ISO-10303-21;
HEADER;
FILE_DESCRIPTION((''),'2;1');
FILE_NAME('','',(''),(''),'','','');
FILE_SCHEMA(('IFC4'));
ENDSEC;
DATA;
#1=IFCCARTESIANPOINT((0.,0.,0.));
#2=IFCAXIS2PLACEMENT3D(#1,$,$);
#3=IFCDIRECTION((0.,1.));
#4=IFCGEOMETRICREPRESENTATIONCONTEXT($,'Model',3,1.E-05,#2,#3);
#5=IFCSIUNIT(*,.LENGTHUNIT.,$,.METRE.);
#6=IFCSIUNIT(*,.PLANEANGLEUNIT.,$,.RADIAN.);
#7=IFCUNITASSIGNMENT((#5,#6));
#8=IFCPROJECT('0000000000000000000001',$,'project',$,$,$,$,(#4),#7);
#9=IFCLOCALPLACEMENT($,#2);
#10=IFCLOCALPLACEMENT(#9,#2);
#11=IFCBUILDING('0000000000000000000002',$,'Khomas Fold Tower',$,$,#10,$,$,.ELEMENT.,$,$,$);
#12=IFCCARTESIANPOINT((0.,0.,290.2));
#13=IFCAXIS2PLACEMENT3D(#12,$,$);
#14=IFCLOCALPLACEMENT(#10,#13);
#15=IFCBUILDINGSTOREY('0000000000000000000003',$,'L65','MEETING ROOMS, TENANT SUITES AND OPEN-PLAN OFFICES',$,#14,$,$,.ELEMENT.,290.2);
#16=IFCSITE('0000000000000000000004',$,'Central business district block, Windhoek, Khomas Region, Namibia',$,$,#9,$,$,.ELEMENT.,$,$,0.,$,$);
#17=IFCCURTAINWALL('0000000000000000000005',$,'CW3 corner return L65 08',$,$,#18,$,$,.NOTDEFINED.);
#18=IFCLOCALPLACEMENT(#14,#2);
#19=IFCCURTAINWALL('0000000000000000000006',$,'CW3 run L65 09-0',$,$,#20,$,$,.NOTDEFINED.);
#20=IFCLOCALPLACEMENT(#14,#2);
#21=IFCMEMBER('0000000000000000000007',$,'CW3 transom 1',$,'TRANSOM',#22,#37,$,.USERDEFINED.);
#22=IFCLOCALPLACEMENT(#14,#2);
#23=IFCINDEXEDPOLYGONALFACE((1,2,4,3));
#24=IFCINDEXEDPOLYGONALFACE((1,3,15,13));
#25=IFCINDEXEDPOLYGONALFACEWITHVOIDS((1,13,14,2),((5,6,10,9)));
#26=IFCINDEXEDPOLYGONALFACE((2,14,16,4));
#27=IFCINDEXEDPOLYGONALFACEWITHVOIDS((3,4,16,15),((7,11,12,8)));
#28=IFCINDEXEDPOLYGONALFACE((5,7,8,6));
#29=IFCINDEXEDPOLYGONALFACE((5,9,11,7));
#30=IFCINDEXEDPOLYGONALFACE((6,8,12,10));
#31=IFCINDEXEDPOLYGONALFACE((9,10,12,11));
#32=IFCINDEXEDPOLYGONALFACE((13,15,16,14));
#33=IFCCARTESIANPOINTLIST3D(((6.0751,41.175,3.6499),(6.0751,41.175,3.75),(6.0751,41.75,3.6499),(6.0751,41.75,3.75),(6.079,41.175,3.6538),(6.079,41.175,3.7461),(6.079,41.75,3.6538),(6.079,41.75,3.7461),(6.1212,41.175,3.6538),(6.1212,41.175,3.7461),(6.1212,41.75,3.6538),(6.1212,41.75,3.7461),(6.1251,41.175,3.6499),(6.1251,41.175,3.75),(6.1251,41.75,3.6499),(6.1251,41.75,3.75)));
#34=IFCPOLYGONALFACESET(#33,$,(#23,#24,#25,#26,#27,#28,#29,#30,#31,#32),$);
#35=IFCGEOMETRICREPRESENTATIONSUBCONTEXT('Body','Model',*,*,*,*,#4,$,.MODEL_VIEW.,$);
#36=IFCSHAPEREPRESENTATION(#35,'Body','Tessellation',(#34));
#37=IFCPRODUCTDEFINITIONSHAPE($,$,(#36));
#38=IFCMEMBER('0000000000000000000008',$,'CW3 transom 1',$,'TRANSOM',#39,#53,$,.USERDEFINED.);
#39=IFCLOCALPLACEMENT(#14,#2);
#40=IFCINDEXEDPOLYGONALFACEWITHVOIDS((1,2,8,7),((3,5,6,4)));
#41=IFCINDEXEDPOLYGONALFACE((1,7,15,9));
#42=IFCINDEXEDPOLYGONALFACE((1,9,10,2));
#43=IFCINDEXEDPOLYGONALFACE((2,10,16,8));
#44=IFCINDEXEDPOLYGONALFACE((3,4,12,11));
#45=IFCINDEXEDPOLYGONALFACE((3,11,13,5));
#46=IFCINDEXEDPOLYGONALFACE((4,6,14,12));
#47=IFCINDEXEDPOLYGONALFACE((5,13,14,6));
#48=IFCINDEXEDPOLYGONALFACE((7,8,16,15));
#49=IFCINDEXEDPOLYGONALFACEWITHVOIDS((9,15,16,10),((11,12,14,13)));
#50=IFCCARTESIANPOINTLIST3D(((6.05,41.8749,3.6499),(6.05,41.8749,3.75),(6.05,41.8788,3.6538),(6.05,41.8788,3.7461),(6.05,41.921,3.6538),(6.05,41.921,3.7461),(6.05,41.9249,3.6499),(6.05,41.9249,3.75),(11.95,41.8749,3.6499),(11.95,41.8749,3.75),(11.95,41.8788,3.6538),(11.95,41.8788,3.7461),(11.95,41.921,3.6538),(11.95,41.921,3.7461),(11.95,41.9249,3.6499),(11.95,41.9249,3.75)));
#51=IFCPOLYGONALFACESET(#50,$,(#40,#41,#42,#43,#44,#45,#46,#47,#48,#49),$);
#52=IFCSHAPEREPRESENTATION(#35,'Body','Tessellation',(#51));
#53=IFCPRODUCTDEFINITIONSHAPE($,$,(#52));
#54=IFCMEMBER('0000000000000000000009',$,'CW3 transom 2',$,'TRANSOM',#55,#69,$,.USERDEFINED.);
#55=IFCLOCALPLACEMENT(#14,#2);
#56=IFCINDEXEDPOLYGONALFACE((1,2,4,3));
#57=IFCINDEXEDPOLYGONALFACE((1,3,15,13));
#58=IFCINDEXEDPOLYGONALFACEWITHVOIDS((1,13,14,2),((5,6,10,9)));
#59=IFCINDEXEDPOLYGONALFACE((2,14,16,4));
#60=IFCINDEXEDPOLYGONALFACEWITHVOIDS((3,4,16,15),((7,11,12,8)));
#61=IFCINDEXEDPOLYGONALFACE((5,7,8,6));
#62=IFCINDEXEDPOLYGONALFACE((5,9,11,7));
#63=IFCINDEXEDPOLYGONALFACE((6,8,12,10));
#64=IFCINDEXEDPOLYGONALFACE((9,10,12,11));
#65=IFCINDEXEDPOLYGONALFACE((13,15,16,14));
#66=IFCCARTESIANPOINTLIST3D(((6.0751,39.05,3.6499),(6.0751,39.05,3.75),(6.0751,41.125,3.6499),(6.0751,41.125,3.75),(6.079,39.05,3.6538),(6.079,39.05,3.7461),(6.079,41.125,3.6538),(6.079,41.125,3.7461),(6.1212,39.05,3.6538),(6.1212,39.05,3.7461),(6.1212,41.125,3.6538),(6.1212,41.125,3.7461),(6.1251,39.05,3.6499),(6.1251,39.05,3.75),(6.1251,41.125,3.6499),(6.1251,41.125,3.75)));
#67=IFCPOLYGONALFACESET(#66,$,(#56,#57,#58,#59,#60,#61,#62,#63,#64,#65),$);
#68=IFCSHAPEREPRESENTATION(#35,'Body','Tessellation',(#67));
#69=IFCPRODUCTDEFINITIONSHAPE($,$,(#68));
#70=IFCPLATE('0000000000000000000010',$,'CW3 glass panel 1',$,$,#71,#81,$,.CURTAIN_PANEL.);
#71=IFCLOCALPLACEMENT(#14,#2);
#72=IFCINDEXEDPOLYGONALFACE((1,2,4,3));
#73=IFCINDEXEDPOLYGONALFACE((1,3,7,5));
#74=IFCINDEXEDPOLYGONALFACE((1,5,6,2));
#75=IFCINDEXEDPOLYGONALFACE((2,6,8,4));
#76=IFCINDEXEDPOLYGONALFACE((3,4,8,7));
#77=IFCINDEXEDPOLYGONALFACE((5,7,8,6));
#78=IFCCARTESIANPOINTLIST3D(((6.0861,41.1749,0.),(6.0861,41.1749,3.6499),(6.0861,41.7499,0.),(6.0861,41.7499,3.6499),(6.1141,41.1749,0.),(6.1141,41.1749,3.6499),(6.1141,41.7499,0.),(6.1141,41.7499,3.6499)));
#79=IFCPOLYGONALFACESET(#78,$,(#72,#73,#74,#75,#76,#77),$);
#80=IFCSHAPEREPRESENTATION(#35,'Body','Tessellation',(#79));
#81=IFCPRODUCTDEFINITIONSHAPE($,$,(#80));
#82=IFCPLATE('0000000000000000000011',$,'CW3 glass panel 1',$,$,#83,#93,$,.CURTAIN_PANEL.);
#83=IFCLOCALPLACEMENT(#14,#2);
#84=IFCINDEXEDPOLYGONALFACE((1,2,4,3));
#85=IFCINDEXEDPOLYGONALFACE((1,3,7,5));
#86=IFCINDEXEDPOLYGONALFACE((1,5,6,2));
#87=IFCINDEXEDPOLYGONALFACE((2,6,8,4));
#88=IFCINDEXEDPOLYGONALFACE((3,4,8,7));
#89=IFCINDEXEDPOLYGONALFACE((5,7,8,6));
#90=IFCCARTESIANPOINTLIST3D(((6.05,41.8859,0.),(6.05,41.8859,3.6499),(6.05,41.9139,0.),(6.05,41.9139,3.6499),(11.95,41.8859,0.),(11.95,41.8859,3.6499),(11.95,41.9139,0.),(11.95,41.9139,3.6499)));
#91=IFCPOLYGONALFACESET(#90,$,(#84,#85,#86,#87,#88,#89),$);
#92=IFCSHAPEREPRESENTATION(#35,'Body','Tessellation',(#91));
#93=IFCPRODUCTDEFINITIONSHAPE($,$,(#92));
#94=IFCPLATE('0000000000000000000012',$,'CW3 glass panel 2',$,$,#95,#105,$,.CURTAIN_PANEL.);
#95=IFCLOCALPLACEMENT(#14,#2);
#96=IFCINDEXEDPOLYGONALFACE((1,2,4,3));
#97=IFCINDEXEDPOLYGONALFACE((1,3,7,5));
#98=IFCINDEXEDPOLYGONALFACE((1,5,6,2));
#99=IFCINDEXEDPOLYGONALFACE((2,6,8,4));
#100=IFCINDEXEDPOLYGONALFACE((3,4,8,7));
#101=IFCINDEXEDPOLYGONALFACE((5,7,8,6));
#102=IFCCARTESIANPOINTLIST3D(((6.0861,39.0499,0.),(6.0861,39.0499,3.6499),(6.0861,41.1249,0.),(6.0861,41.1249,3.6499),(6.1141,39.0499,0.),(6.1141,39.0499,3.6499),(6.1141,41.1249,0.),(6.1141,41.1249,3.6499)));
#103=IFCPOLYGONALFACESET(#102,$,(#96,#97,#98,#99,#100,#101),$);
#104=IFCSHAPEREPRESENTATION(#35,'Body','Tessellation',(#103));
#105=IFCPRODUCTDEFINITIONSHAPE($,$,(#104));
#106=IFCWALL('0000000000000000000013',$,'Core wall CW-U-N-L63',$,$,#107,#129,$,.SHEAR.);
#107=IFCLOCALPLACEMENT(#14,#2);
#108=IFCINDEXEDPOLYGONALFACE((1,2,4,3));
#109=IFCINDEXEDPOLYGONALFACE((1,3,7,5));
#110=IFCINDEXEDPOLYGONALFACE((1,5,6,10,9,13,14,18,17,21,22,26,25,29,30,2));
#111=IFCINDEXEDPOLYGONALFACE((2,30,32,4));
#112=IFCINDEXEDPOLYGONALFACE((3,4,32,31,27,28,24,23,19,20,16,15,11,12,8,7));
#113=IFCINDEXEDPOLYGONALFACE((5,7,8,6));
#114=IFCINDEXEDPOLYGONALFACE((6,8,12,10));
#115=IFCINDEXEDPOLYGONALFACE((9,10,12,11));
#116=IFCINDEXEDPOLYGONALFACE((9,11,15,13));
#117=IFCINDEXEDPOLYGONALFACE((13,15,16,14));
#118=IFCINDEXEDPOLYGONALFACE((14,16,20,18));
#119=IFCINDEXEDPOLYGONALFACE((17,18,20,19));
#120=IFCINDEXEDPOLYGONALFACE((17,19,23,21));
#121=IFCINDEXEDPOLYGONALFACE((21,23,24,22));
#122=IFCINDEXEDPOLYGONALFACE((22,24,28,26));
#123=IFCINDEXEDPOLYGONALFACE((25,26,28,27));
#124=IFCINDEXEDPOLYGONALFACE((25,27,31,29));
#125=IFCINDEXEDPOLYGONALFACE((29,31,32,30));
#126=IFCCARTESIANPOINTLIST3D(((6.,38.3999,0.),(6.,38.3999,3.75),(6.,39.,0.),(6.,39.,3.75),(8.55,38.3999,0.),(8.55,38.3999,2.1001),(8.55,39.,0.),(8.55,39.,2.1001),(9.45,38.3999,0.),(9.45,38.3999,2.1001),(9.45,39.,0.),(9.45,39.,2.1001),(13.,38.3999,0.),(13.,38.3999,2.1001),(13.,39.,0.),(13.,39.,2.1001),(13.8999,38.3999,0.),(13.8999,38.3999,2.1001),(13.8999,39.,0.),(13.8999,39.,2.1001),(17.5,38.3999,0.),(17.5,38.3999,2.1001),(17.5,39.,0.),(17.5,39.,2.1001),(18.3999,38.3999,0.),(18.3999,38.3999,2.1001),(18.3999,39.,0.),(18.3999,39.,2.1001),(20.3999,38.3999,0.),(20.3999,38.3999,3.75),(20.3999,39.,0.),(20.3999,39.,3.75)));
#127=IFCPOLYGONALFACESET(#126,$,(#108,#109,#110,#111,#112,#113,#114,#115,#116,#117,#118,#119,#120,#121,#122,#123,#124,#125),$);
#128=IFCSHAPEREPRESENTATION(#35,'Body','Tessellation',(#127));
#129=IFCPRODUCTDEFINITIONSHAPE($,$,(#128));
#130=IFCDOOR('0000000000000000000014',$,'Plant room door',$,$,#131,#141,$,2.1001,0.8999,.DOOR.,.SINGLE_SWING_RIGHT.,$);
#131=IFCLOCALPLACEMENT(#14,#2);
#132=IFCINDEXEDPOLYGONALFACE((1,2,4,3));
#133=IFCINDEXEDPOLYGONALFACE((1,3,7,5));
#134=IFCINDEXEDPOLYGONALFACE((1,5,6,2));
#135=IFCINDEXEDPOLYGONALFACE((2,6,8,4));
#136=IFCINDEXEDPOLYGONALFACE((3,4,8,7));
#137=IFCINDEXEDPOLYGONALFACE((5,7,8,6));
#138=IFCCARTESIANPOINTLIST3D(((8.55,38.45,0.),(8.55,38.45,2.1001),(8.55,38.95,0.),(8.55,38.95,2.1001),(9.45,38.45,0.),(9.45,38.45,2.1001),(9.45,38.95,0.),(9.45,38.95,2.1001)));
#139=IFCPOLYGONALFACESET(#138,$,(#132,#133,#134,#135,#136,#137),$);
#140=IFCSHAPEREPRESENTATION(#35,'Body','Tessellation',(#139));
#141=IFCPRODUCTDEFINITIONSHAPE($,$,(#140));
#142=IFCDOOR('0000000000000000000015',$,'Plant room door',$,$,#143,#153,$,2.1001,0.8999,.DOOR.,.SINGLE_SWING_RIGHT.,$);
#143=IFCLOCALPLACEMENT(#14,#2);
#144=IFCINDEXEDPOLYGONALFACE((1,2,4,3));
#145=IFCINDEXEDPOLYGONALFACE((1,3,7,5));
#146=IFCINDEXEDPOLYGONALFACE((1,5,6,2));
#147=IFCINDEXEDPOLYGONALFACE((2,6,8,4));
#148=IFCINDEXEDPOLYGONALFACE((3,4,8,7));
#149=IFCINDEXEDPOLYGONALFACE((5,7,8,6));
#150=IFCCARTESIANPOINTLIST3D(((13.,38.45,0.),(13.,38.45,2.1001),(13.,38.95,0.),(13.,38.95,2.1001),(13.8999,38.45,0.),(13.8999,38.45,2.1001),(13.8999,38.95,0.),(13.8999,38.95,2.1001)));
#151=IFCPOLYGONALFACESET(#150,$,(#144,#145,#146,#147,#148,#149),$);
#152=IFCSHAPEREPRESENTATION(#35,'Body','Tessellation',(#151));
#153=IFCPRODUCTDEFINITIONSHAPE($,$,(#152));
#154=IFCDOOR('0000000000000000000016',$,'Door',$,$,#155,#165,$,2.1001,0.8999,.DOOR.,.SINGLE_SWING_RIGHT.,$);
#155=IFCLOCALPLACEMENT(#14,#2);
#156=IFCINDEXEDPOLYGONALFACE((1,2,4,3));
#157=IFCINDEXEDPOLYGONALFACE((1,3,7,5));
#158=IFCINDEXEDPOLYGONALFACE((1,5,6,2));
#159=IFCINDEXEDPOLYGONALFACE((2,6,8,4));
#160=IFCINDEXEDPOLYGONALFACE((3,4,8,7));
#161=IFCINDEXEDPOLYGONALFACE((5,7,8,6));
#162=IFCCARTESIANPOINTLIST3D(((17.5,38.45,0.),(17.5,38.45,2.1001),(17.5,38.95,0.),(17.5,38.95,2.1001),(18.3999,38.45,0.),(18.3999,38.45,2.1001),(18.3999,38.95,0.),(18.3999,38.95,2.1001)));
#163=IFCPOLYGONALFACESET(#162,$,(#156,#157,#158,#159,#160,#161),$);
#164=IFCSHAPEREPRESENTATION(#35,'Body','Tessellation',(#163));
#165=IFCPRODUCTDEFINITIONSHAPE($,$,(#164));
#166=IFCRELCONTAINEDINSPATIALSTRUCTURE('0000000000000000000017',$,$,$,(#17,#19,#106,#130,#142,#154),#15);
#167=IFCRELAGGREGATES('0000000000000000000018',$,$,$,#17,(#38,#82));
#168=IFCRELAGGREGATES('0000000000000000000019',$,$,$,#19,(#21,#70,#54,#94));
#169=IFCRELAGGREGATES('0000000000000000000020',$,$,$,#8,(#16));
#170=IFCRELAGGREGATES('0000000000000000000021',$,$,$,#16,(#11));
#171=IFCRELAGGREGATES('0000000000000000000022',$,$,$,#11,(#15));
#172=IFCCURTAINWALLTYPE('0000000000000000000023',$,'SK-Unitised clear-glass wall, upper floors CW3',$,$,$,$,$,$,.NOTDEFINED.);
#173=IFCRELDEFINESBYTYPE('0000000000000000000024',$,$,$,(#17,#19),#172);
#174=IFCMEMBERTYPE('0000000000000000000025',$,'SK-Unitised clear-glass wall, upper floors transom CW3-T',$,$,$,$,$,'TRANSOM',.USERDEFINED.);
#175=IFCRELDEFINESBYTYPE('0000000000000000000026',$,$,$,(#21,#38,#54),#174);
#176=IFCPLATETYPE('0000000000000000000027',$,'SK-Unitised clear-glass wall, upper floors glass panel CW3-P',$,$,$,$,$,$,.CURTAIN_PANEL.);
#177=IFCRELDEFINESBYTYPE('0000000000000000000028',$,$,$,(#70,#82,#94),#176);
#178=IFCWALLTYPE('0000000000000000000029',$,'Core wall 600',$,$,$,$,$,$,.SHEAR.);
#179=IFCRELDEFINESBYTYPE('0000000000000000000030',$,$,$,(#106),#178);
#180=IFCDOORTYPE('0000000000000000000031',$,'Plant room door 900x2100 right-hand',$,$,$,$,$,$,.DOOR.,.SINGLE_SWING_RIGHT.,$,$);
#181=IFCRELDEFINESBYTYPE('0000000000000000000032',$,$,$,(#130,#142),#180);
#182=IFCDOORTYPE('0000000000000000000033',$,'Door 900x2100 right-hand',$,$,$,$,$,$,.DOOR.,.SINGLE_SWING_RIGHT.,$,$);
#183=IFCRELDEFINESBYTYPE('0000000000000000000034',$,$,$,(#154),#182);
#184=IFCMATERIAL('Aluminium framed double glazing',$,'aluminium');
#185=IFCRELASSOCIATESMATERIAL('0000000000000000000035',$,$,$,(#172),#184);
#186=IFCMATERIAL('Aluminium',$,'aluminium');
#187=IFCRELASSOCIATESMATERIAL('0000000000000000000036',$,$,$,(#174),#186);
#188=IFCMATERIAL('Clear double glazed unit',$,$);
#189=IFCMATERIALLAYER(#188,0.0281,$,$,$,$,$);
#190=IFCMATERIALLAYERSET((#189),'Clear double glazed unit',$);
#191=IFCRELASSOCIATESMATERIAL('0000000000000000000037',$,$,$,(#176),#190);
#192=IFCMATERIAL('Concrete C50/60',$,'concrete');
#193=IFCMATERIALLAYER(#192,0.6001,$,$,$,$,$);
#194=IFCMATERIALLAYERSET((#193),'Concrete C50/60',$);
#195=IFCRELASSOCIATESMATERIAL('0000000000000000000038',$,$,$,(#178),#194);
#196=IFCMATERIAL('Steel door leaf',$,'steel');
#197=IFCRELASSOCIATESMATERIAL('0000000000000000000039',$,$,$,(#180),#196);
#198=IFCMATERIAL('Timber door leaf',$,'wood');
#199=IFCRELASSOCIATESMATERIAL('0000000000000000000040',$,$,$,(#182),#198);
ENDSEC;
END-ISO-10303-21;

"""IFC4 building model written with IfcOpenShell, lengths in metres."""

from ifc_helpers import new_model, si_unit, direction, frame, frame_2d, origin, origin_2d, place, context, subcontext, project, spatial, rectangle, hollow_rectangle, extrude, source, transform, mapped, material, layer, layer_set, material_profile, profile_set, type_object, element, fill, aggregate, save


model = new_model("IFC4")

# Units and contexts
model_context = context("Model", 3, precision=1e-05, world=origin(), true_north=direction((0.0, 1.0)))
body_context = subcontext(model_context, "Body", "Model", "MODEL_VIEW")
ifc_project = project(units=[si_unit("LENGTHUNIT", "METRE"), si_unit("PLANEANGLEUNIT", "RADIAN")], contexts=[model_context])

# Site, building, storey
site_placement = place(None, origin())
site = spatial("IfcSite", under=ifc_project, at=site_placement, Name="Central business district block, Windhoek, Khomas Region, Namibia", CompositionType="ELEMENT", RefElevation=0.0)
building_placement = place(site_placement, origin())
building = spatial("IfcBuilding", under=site, at=building_placement, Name="Khomas Fold Tower", CompositionType="ELEMENT")
storey_placement = place(building_placement, frame((0.0, 0.0, 290.2)))
storey = spatial("IfcBuildingStorey", under=building, at=storey_placement, Name="L65", Description="MEETING ROOMS, TENANT SUITES AND OPEN-PLAN OFFICES", CompositionType="ELEMENT", Elevation=290.2)

# Curtain wall
ifc_material_1 = material(Name="Aluminium framed double glazing", Category="aluminium")
curtain_wall_type = type_object("IfcCurtainWallType", Name="SK-Unitised clear-glass wall, upper floors CW3", PredefinedType="NOTDEFINED", material=ifc_material_1)
curtain_wall_1_placement = place(storey_placement, origin())
curtain_wall_1 = element("IfcCurtainWall", 1, at=curtain_wall_1_placement, inside=storey, type_object=curtain_wall_type, Name="CW3 corner return L65 08", PredefinedType="NOTDEFINED")

# Curtain wall, member
curtain_wall_2_placement = place(storey_placement, origin())
curtain_wall_2 = element("IfcCurtainWall", 2, at=curtain_wall_2_placement, inside=storey, type_object=curtain_wall_type, Name="CW3 run L65 09-0", PredefinedType="NOTDEFINED")
ifc_material_2 = material(Name="Aluminium", Category="aluminium")
ifc_material_profile_1 = material_profile(ifc_material_2, hollow_rectangle(XDim=0.05, YDim=0.1001, WallThickness=0.0039, at=origin_2d()), Name="SK-Unitised clear-glass wall, upper floors transom CW3-T")
ifc_profile_set_1 = profile_set([ifc_material_profile_1], Name="Aluminium")
member_type_1 = type_object("IfcMemberType", Name="SK-Unitised clear-glass wall, upper floors transom CW3-T", ElementType="TRANSOM", PredefinedType="USERDEFINED", material=ifc_profile_set_1)
shared_shape_1 = source(origin(), body_context, "Body", "SweptSolid", [
    extrude(hollow_rectangle(XDim=0.05, YDim=0.1001, WallThickness=0.0039, at=origin_2d()), origin(), (0.0, 0.0, 1.0), 0.575),
])
member_1_placement = place(storey_placement, frame((6.1001, 41.75, 3.7), z_axis=(0.0, -1.0, 0.0), x_axis=(1.0, 0.0, 0.0)))
member_1 = element("IfcMember", 3, at=member_1_placement, type_object=member_type_1, Name="CW3 transom 1", ObjectType="TRANSOM", PredefinedType="USERDEFINED", context=body_context, shape_type="MappedRepresentation", body=[
    mapped(shared_shape_1, transform((0.0, 0.0, 0.0))),
])

# Members
shared_shape_2 = source(origin(), body_context, "Body", "SweptSolid", [
    extrude(hollow_rectangle(XDim=0.05, YDim=0.1001, WallThickness=0.0039, at=origin_2d()), origin(), (0.0, 0.0, 1.0), 5.8999),
])
member_2_placement = place(storey_placement, frame((11.95, 41.8999, 3.7), z_axis=(-1.0, 0.0, 0.0), x_axis=(0.0, -1.0, 0.0)))
member_2 = element("IfcMember", 4, at=member_2_placement, type_object=member_type_1, Name="CW3 transom 1", ObjectType="TRANSOM", PredefinedType="USERDEFINED", context=body_context, shape_type="MappedRepresentation", body=[
    mapped(shared_shape_2, transform((0.0, 0.0, 0.0))),
])
shared_shape_3 = source(origin(), body_context, "Body", "SweptSolid", [
    extrude(hollow_rectangle(XDim=0.05, YDim=0.1001, WallThickness=0.0039, at=origin_2d()), origin(), (0.0, 0.0, 1.0), 2.075),
])
member_3_placement = place(storey_placement, frame((6.1001, 41.125, 3.7), z_axis=(0.0, -1.0, 0.0), x_axis=(1.0, 0.0, 0.0)))
member_3 = element("IfcMember", 5, at=member_3_placement, type_object=member_type_1, Name="CW3 transom 2", ObjectType="TRANSOM", PredefinedType="USERDEFINED", context=body_context, shape_type="MappedRepresentation", body=[
    mapped(shared_shape_3, transform((0.0, 0.0, 0.0))),
])

# Plates
ifc_material_3 = material(Name="Clear double glazed unit")
ifc_layer_1 = layer(ifc_material_3, 0.0281)
ifc_layer_set_1 = layer_set([ifc_layer_1], Name="Clear double glazed unit")
plate_type = type_object("IfcPlateType", Name="SK-Unitised clear-glass wall, upper floors glass panel CW3-P", PredefinedType="CURTAIN_PANEL", material=ifc_layer_set_1)
shared_shape_4 = source(origin(), body_context, "Body", "SweptSolid", [
    extrude(rectangle(XDim=0.575, YDim=0.0281, at=origin_2d()), origin(), (0.0, 0.0, 1.0), 3.6499),
])
plate_1_placement = place(storey_placement, frame((6.1001, 41.4624, 0.0), z_axis=(0.0, 0.0, 1.0), x_axis=(0.0, -1.0, 0.0)))
plate_1 = element("IfcPlate", 6, at=plate_1_placement, type_object=plate_type, Name="CW3 glass panel 1", PredefinedType="CURTAIN_PANEL", context=body_context, shape_type="MappedRepresentation", body=[
    mapped(shared_shape_4, transform((0.0, 0.0, 0.0))),
])
shared_shape_5 = source(origin(), body_context, "Body", "SweptSolid", [
    extrude(rectangle(XDim=5.8999, YDim=0.0281, at=origin_2d()), origin(), (0.0, 0.0, 1.0), 3.6499),
])
plate_2_placement = place(storey_placement, frame((9.0, 41.8999, 0.0), z_axis=(0.0, 0.0, 1.0), x_axis=(-1.0, 0.0, 0.0)))
plate_2 = element("IfcPlate", 7, at=plate_2_placement, type_object=plate_type, Name="CW3 glass panel 1", PredefinedType="CURTAIN_PANEL", context=body_context, shape_type="MappedRepresentation", body=[
    mapped(shared_shape_5, transform((0.0, 0.0, 0.0))),
])
aggregate(curtain_wall_1, [member_2, plate_2])
shared_shape_6 = source(origin(), body_context, "Body", "SweptSolid", [
    extrude(rectangle(XDim=2.075, YDim=0.0281, at=origin_2d()), origin(), (0.0, 0.0, 1.0), 3.6499),
])
plate_3_placement = place(storey_placement, frame((6.1001, 40.0874, 0.0), z_axis=(0.0, 0.0, 1.0), x_axis=(0.0, -1.0, 0.0)))
plate_3 = element("IfcPlate", 8, at=plate_3_placement, type_object=plate_type, Name="CW3 glass panel 2", PredefinedType="CURTAIN_PANEL", context=body_context, shape_type="MappedRepresentation", body=[
    mapped(shared_shape_6, transform((0.0, 0.0, 0.0))),
])
aggregate(curtain_wall_2, [member_1, plate_1, member_3, plate_3])

# Wall, openings, doors
ifc_material_4 = material(Name="Concrete C50/60", Category="concrete")
ifc_layer_2 = layer(ifc_material_4, 0.6001)
ifc_layer_set_2 = layer_set([ifc_layer_2], Name="Concrete C50/60")
wall_type_1 = type_object("IfcWallType", Name="Core wall 600", PredefinedType="SHEAR", material=ifc_layer_set_2)
shared_shape_7 = source(origin(), body_context, "Body", "SweptSolid", [
    extrude(rectangle(XDim=14.3999, YDim=0.6001, at=frame_2d((7.2, 0.0))), origin(), (0.0, 0.0, 1.0), 3.75),
])
wall_1_placement = place(storey_placement, frame((6.0, 38.7, 0.0), z_axis=(0.0, 0.0, 1.0), x_axis=(1.0, 0.0, 0.0)))
wall_1 = element("IfcWall", 9, at=wall_1_placement, inside=storey, type_object=wall_type_1, Name="Core wall CW-U-N-L63", PredefinedType="SHEAR", context=body_context, shape_type="MappedRepresentation", body=[
    mapped(shared_shape_7, transform((0.0, 0.0, 0.0))),
])
shared_shape_8 = source(origin(), body_context, "Body", "SweptSolid", [
    extrude(rectangle(XDim=0.8999, YDim=2.1001, at=frame_2d((0.45, 1.05))), frame((0.0, 0.3101, 0.0), z_axis=(0.0, -1.0, 0.0), x_axis=(1.0, 0.0, 0.0)), (0.0, 0.0, 1.0), 0.6201),
])
opening_1_placement = place(wall_1_placement, frame((2.55, 0.0, 0.0)))
opening_1 = element("IfcOpeningElement", 10, at=opening_1_placement, cuts=wall_1, PredefinedType="OPENING", context=body_context, shape_type="MappedRepresentation", body=[
    mapped(shared_shape_8, transform((0.0, 0.0, 0.0))),
])
opening_2_placement = place(wall_1_placement, frame((7.0, 0.0, 0.0)))
opening_2 = element("IfcOpeningElement", 11, at=opening_2_placement, cuts=wall_1, PredefinedType="OPENING", context=body_context, shape_type="MappedRepresentation", body=[
    mapped(shared_shape_8, transform((0.0, 0.0, 0.0))),
])
opening_3_placement = place(wall_1_placement, frame((11.5, 0.0, 0.0)))
opening_3 = element("IfcOpeningElement", 12, at=opening_3_placement, cuts=wall_1, PredefinedType="OPENING", context=body_context, shape_type="MappedRepresentation", body=[
    mapped(shared_shape_8, transform((0.0, 0.0, 0.0))),
])
ifc_material_5 = material(Name="Steel door leaf", Category="steel")
door_type_1 = type_object("IfcDoorType", Name="Plant room door 900x2100 right-hand", OperationType="SINGLE_SWING_RIGHT", PredefinedType="DOOR", material=ifc_material_5)
shared_shape_9 = source(origin(), body_context, "Body", "SweptSolid", [
    extrude(rectangle(XDim=0.8999, YDim=2.1001, at=frame_2d((0.45, 1.05))), frame((0.0, 0.25, 0.0), z_axis=(0.0, -1.0, 0.0), x_axis=(1.0, 0.0, 0.0)), (0.0, 0.0, 1.0), 0.5),
])
door_1_placement = place(opening_1_placement, origin())
door_1 = element("IfcDoor", 13, at=door_1_placement, inside=storey, type_object=door_type_1, Name="Plant room door", OperationType="SINGLE_SWING_RIGHT", OverallHeight=2.1001, OverallWidth=0.8999, PredefinedType="DOOR", context=body_context, shape_type="MappedRepresentation", body=[
    mapped(shared_shape_9, transform((0.0, 0.0, 0.0))),
])
fill(opening_1, door_1)
door_2_placement = place(opening_2_placement, origin())
door_2 = element("IfcDoor", 14, at=door_2_placement, inside=storey, type_object=door_type_1, Name="Plant room door", OperationType="SINGLE_SWING_RIGHT", OverallHeight=2.1001, OverallWidth=0.8999, PredefinedType="DOOR", context=body_context, shape_type="MappedRepresentation", body=[
    mapped(shared_shape_9, transform((0.0, 0.0, 0.0))),
])
fill(opening_2, door_2)
ifc_material_6 = material(Name="Timber door leaf", Category="wood")
door_type_2 = type_object("IfcDoorType", Name="Door 900x2100 right-hand", OperationType="SINGLE_SWING_RIGHT", PredefinedType="DOOR", material=ifc_material_6)
door_3_placement = place(opening_3_placement, origin())
door_3 = element("IfcDoor", 15, at=door_3_placement, inside=storey, type_object=door_type_2, Name="Door", OperationType="SINGLE_SWING_RIGHT", OverallHeight=2.1001, OverallWidth=0.8999, PredefinedType="DOOR", context=body_context, shape_type="MappedRepresentation", body=[
    mapped(shared_shape_9, transform((0.0, 0.0, 0.0))),
])
fill(opening_3, door_3)

save(model, "model.ifc")
